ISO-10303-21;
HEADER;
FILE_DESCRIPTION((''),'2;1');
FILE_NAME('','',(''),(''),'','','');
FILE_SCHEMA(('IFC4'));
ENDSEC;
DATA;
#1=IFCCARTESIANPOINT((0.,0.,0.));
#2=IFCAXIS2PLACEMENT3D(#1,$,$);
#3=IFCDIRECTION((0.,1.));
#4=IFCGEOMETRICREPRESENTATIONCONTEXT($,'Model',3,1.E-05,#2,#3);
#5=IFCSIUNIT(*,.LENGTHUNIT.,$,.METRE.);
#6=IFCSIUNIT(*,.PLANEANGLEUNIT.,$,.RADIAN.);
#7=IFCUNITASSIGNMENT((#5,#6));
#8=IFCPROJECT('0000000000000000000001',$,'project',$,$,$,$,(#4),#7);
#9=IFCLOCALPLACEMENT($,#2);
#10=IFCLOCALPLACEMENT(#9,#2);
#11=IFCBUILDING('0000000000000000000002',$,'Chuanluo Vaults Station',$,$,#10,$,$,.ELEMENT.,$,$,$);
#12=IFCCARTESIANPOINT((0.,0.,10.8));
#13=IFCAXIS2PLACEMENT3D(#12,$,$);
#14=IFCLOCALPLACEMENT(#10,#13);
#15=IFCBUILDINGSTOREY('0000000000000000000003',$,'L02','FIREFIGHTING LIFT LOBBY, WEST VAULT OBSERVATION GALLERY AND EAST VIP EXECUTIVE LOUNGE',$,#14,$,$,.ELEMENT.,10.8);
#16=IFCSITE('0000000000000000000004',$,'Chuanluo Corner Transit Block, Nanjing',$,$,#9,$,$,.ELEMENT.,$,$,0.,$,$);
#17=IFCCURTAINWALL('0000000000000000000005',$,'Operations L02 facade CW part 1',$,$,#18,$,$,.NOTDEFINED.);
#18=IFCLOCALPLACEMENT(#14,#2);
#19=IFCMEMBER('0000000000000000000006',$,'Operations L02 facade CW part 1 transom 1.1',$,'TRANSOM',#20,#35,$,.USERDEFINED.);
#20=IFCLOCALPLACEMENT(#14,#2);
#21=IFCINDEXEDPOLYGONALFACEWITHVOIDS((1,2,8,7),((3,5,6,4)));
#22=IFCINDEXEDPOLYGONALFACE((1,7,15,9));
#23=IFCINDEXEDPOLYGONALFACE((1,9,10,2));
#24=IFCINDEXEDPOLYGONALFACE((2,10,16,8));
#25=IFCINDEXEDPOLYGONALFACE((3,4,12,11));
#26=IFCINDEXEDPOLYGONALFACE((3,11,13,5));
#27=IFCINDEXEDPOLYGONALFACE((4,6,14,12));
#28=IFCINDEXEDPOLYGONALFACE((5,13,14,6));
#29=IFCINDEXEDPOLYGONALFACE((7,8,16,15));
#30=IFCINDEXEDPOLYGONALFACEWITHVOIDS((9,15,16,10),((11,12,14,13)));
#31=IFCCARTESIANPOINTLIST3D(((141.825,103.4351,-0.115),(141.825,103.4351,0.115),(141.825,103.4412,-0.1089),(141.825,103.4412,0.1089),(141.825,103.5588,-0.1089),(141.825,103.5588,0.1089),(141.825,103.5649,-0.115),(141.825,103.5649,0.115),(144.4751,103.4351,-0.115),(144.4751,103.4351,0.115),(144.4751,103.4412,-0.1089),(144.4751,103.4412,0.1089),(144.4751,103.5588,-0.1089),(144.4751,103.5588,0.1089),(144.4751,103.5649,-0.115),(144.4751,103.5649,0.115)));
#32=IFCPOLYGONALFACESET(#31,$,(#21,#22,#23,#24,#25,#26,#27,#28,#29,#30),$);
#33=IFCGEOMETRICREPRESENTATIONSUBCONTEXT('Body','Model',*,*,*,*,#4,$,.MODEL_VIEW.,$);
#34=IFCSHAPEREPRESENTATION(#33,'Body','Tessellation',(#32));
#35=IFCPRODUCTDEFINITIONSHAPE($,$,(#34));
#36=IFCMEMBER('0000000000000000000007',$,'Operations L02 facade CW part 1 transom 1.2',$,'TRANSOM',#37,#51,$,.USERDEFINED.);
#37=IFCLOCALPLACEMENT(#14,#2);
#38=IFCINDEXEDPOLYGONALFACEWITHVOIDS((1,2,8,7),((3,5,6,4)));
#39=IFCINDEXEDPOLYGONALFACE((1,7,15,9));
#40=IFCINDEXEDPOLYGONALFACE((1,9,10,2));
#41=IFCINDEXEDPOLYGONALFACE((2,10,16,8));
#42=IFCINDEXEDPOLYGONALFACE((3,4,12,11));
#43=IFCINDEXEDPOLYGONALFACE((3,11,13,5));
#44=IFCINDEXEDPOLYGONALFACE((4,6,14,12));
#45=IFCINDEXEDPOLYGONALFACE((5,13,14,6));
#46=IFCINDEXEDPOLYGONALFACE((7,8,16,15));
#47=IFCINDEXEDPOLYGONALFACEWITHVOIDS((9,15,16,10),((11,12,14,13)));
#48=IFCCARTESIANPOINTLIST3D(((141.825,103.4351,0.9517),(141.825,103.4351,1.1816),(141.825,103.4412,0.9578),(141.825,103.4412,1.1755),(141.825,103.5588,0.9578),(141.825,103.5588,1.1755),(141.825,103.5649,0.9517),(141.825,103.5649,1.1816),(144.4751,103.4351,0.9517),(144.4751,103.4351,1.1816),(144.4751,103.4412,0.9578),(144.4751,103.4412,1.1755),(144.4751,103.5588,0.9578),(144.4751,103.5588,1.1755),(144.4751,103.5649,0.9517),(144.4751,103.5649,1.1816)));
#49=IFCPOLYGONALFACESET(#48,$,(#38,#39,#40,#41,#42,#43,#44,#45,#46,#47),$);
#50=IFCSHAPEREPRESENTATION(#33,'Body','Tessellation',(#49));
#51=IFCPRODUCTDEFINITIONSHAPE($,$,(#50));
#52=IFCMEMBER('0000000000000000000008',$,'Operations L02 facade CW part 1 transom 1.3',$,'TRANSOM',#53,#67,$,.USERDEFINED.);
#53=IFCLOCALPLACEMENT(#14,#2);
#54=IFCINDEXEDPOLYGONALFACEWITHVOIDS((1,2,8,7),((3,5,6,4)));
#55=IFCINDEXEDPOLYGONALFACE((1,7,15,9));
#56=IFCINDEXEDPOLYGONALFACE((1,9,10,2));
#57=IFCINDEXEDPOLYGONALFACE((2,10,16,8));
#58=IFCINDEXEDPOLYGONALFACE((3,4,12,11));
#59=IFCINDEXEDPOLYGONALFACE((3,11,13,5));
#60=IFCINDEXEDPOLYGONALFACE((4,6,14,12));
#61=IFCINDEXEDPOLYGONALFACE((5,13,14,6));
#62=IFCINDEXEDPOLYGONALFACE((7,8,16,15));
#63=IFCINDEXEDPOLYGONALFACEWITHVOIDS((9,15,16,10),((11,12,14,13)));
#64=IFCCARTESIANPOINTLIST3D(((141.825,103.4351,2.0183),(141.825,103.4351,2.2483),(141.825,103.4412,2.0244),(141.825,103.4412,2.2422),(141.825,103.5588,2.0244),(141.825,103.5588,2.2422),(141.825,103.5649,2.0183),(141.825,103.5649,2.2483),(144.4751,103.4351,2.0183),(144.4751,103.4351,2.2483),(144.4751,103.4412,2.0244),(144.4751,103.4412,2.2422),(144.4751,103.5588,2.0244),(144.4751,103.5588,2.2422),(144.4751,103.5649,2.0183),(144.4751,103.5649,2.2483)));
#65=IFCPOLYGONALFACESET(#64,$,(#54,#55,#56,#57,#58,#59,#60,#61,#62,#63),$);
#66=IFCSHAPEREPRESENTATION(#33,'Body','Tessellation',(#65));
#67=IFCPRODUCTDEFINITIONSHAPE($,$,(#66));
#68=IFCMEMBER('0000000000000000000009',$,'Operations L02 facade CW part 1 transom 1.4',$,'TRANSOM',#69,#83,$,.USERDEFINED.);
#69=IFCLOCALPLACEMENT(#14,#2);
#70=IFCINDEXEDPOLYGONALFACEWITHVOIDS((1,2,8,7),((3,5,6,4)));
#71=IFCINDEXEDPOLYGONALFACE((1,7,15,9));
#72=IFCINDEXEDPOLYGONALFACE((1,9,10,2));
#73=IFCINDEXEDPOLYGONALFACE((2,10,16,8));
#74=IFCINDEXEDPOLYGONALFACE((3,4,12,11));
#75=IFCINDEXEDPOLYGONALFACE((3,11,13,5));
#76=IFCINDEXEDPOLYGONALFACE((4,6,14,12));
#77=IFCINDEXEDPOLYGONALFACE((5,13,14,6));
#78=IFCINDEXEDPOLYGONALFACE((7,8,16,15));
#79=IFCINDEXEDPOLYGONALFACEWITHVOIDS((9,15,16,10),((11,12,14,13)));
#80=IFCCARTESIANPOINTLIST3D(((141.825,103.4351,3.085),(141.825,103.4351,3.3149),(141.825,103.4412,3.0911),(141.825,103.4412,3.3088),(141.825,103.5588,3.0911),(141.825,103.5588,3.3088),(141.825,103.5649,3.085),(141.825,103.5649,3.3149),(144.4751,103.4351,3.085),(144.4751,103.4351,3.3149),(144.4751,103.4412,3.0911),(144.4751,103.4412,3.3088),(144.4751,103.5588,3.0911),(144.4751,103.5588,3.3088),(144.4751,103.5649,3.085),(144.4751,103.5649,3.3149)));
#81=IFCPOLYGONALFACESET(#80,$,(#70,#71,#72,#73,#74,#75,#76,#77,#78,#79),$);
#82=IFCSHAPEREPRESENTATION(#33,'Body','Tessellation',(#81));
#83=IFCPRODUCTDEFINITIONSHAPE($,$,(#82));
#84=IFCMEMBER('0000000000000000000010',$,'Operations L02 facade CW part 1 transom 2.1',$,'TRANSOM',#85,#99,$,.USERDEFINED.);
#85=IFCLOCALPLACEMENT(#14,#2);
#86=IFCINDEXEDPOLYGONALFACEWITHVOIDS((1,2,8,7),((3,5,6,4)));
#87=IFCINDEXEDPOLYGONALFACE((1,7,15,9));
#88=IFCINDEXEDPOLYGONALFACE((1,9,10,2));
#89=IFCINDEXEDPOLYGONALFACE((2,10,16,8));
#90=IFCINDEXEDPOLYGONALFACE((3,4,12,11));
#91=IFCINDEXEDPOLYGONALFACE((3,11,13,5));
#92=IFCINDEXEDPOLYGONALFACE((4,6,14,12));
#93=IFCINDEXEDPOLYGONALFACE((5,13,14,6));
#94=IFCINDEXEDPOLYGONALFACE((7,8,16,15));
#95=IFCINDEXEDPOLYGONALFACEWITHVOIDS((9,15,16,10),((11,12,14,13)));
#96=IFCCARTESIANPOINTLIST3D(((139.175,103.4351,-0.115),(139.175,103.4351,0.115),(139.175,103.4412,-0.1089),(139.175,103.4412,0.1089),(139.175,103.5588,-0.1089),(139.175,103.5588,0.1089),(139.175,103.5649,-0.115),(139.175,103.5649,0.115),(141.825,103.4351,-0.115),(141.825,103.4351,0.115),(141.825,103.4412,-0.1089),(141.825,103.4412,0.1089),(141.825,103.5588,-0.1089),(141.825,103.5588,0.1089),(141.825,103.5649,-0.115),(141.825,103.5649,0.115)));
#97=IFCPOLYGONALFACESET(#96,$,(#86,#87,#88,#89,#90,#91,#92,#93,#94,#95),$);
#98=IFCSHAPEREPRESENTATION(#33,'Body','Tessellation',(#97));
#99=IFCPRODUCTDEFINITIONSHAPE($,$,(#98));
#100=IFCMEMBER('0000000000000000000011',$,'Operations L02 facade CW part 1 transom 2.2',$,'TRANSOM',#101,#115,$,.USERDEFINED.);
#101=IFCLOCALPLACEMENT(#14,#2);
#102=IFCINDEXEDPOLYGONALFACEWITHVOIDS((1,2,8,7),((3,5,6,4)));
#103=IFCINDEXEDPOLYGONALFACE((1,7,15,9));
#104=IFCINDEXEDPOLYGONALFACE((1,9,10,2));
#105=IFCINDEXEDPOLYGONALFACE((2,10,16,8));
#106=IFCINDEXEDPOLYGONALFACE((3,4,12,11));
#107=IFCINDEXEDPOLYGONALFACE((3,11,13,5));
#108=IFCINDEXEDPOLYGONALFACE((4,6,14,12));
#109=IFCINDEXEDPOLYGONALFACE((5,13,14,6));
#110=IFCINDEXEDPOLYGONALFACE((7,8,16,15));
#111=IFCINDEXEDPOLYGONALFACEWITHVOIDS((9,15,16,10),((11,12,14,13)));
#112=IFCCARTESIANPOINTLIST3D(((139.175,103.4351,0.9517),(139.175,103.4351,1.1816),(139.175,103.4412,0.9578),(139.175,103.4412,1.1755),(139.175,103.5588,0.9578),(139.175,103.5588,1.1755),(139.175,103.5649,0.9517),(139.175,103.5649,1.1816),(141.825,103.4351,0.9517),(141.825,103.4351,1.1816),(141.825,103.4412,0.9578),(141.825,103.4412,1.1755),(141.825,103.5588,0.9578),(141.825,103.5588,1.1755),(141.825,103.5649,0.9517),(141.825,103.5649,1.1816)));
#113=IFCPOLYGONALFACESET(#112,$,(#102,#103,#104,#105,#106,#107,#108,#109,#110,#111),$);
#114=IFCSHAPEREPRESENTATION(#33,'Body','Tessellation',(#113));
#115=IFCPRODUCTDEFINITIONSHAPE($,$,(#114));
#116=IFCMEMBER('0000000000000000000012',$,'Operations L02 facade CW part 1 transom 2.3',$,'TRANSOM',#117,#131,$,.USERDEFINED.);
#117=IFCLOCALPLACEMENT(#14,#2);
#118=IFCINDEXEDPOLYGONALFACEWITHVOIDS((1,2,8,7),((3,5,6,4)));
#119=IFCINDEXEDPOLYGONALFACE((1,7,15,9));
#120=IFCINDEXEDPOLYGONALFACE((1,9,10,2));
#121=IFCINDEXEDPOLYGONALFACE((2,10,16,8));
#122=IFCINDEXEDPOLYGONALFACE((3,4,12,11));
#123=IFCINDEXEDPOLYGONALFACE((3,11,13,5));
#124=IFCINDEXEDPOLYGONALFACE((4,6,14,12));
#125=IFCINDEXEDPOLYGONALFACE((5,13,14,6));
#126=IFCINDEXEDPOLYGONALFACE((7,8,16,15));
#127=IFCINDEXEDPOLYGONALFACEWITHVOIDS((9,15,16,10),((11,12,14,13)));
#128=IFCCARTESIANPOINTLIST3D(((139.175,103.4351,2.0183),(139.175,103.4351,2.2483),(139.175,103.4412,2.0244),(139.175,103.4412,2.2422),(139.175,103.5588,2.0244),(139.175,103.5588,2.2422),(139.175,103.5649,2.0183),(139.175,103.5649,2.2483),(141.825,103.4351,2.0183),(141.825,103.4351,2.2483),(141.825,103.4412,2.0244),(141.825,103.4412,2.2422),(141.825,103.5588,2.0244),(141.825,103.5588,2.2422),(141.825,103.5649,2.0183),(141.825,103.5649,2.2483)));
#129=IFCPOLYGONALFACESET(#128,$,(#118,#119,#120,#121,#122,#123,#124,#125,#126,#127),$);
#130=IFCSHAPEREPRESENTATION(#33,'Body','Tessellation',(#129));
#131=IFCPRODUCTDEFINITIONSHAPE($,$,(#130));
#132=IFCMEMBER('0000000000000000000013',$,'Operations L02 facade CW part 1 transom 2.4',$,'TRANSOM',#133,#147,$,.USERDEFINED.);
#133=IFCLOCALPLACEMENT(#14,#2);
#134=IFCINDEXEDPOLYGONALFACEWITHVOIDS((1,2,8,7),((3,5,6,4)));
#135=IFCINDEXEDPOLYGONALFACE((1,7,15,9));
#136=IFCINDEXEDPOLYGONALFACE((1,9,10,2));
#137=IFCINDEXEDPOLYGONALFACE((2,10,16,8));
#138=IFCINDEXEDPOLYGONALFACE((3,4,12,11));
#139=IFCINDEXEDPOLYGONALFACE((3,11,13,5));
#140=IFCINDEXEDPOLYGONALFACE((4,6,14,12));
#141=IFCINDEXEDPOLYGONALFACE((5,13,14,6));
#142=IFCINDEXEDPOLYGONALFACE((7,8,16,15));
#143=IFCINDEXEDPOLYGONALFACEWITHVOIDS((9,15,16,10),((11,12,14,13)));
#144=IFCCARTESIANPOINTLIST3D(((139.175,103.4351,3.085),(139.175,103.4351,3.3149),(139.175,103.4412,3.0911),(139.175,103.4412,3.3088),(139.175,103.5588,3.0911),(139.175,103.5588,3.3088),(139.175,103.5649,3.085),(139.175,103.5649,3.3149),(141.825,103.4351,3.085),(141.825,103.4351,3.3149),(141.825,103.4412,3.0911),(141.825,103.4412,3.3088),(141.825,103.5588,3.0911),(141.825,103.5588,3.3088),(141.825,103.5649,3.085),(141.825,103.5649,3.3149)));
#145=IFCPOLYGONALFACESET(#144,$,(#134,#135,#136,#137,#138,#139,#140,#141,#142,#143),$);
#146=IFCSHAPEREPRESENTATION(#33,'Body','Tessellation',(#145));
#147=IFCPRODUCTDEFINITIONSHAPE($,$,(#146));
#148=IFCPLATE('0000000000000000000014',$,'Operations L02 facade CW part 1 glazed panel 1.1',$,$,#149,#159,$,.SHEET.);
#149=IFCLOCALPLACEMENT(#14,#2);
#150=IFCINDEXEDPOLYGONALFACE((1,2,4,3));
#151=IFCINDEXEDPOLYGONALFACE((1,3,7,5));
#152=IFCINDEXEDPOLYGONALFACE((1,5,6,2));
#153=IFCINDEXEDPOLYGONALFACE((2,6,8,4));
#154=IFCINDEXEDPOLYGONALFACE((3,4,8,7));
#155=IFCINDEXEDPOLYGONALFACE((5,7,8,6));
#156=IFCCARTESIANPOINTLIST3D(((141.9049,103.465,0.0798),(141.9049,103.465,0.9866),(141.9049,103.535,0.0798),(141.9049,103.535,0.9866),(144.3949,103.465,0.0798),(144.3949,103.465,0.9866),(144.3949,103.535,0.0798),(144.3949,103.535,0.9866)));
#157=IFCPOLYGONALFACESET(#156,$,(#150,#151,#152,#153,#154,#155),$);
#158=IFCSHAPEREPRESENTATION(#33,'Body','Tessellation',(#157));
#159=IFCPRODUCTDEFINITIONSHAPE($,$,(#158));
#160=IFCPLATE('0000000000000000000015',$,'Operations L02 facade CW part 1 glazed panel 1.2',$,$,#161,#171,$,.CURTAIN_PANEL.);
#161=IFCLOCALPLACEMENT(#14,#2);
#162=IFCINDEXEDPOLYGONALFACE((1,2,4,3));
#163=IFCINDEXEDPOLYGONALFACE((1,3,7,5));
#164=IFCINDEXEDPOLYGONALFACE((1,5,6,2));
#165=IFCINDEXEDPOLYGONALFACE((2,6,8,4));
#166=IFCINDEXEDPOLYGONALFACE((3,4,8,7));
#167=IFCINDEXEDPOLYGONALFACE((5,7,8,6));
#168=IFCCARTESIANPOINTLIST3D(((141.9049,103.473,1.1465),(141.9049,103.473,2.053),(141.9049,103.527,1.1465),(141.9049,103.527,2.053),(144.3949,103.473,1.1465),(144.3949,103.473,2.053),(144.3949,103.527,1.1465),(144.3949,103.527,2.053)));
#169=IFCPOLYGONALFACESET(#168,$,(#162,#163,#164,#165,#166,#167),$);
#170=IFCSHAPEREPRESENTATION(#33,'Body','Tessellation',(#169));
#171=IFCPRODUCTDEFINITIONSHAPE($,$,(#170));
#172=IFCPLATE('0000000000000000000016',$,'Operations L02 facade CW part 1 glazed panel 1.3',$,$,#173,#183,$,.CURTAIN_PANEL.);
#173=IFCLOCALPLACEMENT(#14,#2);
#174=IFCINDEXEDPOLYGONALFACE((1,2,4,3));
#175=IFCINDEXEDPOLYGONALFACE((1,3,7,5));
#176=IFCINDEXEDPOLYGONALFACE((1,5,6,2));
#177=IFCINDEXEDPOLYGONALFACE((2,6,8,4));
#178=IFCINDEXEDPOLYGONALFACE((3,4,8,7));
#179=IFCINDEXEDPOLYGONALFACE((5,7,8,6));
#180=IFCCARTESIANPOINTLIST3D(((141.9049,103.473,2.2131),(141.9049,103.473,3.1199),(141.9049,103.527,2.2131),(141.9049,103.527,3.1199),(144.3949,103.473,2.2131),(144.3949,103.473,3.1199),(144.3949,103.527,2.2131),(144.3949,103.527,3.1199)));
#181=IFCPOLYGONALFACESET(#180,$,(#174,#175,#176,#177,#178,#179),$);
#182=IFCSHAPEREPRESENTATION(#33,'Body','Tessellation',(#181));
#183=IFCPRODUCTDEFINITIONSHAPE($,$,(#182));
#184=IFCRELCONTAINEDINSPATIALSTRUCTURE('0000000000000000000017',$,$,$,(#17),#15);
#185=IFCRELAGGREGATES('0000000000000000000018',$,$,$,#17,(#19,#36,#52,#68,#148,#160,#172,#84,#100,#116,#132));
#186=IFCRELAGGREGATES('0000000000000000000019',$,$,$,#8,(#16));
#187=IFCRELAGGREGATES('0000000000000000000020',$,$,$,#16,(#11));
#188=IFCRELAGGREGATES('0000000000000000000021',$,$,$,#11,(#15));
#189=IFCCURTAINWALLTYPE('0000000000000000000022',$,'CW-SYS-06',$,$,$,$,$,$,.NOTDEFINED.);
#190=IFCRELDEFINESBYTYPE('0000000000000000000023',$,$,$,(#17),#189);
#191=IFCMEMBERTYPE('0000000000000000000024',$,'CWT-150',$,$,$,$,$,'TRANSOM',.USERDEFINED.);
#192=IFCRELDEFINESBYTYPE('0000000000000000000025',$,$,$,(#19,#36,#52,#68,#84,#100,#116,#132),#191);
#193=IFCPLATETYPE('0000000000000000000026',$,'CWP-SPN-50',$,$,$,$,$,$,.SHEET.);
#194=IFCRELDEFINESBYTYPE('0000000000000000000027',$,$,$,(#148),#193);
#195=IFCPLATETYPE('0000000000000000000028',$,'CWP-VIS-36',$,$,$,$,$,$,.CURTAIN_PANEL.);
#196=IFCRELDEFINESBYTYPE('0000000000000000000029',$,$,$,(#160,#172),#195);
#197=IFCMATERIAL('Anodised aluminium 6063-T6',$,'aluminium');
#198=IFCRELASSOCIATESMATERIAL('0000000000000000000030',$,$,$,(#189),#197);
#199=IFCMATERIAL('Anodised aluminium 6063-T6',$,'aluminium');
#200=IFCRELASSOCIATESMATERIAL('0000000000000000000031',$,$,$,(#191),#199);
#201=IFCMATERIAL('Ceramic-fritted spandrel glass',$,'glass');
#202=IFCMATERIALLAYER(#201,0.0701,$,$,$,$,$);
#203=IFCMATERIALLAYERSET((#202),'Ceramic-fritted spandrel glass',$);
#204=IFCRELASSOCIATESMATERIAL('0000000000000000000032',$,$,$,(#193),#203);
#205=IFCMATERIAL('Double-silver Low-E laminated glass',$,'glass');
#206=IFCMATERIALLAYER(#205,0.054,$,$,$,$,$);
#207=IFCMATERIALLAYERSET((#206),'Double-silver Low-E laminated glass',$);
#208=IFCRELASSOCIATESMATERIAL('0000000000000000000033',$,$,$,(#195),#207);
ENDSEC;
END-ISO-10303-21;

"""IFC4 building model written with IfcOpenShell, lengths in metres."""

from ifc_helpers import new_model, si_unit, direction, frame, origin, origin_2d, place, context, subcontext, project, spatial, rectangle, hollow_rectangle, extrude, material, layer, layer_set, material_profile, profile_set, type_object, element, aggregate, save


model = new_model("IFC4")

# Units and contexts
model_context = context("Model", 3, precision=1e-05, world=origin(), true_north=direction((0.0, 1.0)))
body_context = subcontext(model_context, "Body", "Model", "MODEL_VIEW")
ifc_project = project(units=[si_unit("LENGTHUNIT", "METRE"), si_unit("PLANEANGLEUNIT", "RADIAN")], contexts=[model_context])

# Site, building, storey
site_placement = place(None, origin())
site = spatial("IfcSite", under=ifc_project, at=site_placement, Name="Chuanluo Corner Transit Block, Nanjing", CompositionType="ELEMENT", RefElevation=0.0)
building_placement = place(site_placement, origin())
building = spatial("IfcBuilding", under=site, at=building_placement, Name="Chuanluo Vaults Station", CompositionType="ELEMENT")
storey_placement = place(building_placement, frame((0.0, 0.0, 10.8)))
storey = spatial("IfcBuildingStorey", under=building, at=storey_placement, Name="L02", Description="FIREFIGHTING LIFT LOBBY, WEST VAULT OBSERVATION GALLERY AND EAST VIP EXECUTIVE LOUNGE", CompositionType="ELEMENT", Elevation=10.8)

# Curtain wall, members, plates
ifc_material_1 = material(Name="Anodised aluminium 6063-T6", Category="aluminium")
curtain_wall_type_1 = type_object("IfcCurtainWallType", Name="CW-SYS-06", PredefinedType="NOTDEFINED", material=ifc_material_1)
curtain_wall_1_placement = place(storey_placement, origin())
curtain_wall_1 = element("IfcCurtainWall", 1, at=curtain_wall_1_placement, inside=storey, type_object=curtain_wall_type_1, Name="Operations L02 facade CW part 1", PredefinedType="NOTDEFINED")
ifc_material_2 = material(Name="Anodised aluminium 6063-T6", Category="aluminium")
ifc_material_profile_1 = material_profile(ifc_material_2, hollow_rectangle(XDim=0.1299, YDim=0.23, WallThickness=0.0061, at=origin_2d()))
ifc_profile_set_1 = profile_set([ifc_material_profile_1], Name="Anodised aluminium 6063-T6")
member_type_1 = type_object("IfcMemberType", Name="CWT-150", ElementType="TRANSOM", PredefinedType="USERDEFINED", material=ifc_profile_set_1)
member_1_placement = place(storey_placement, frame((144.4751, 103.5, 0.0), z_axis=(-1.0, 0.0, 0.0), x_axis=(0.0, -1.0, 0.0)))
member_1 = element("IfcMember", 2, at=member_1_placement, type_object=member_type_1, Name="Operations L02 facade CW part 1 transom 1.1", ObjectType="TRANSOM", PredefinedType="USERDEFINED", context=body_context, shape_type="SweptSolid", body=[
    extrude(hollow_rectangle(XDim=0.1299, YDim=0.23, WallThickness=0.0061, at=origin_2d()), origin(), (0.0, 0.0, 1.0), 2.6501),
])
member_2_placement = place(storey_placement, frame((144.4751, 103.5, 1.0667), z_axis=(-1.0, 0.0, 0.0), x_axis=(0.0, -1.0, 0.0)))
member_2 = element("IfcMember", 3, at=member_2_placement, type_object=member_type_1, Name="Operations L02 facade CW part 1 transom 1.2", ObjectType="TRANSOM", PredefinedType="USERDEFINED", context=body_context, shape_type="SweptSolid", body=[
    extrude(hollow_rectangle(XDim=0.1299, YDim=0.23, WallThickness=0.0061, at=origin_2d()), origin(), (0.0, 0.0, 1.0), 2.6501),
])
member_3_placement = place(storey_placement, frame((144.4751, 103.5, 2.1333), z_axis=(-1.0, 0.0, 0.0), x_axis=(0.0, -1.0, 0.0)))
member_3 = element("IfcMember", 4, at=member_3_placement, type_object=member_type_1, Name="Operations L02 facade CW part 1 transom 1.3", ObjectType="TRANSOM", PredefinedType="USERDEFINED", context=body_context, shape_type="SweptSolid", body=[
    extrude(hollow_rectangle(XDim=0.1299, YDim=0.23, WallThickness=0.0061, at=origin_2d()), origin(), (0.0, 0.0, 1.0), 2.6501),
])
member_4_placement = place(storey_placement, frame((144.4751, 103.5, 3.2), z_axis=(-1.0, 0.0, 0.0), x_axis=(0.0, -1.0, 0.0)))
member_4 = element("IfcMember", 5, at=member_4_placement, type_object=member_type_1, Name="Operations L02 facade CW part 1 transom 1.4", ObjectType="TRANSOM", PredefinedType="USERDEFINED", context=body_context, shape_type="SweptSolid", body=[
    extrude(hollow_rectangle(XDim=0.1299, YDim=0.23, WallThickness=0.0061, at=origin_2d()), origin(), (0.0, 0.0, 1.0), 2.6501),
])
member_5_placement = place(storey_placement, frame((141.825, 103.5, 0.0), z_axis=(-1.0, 0.0, 0.0), x_axis=(0.0, -1.0, 0.0)))
member_5 = element("IfcMember", 6, at=member_5_placement, type_object=member_type_1, Name="Operations L02 facade CW part 1 transom 2.1", ObjectType="TRANSOM", PredefinedType="USERDEFINED", context=body_context, shape_type="SweptSolid", body=[
    extrude(hollow_rectangle(XDim=0.1299, YDim=0.23, WallThickness=0.0061, at=origin_2d()), origin(), (0.0, 0.0, 1.0), 2.6499),
])
member_6_placement = place(storey_placement, frame((141.825, 103.5, 1.0667), z_axis=(-1.0, 0.0, 0.0), x_axis=(0.0, -1.0, 0.0)))
member_6 = element("IfcMember", 7, at=member_6_placement, type_object=member_type_1, Name="Operations L02 facade CW part 1 transom 2.2", ObjectType="TRANSOM", PredefinedType="USERDEFINED", context=body_context, shape_type="SweptSolid", body=[
    extrude(hollow_rectangle(XDim=0.1299, YDim=0.23, WallThickness=0.0061, at=origin_2d()), origin(), (0.0, 0.0, 1.0), 2.6499),
])
member_7_placement = place(storey_placement, frame((141.825, 103.5, 2.1333), z_axis=(-1.0, 0.0, 0.0), x_axis=(0.0, -1.0, 0.0)))
member_7 = element("IfcMember", 8, at=member_7_placement, type_object=member_type_1, Name="Operations L02 facade CW part 1 transom 2.3", ObjectType="TRANSOM", PredefinedType="USERDEFINED", context=body_context, shape_type="SweptSolid", body=[
    extrude(hollow_rectangle(XDim=0.1299, YDim=0.23, WallThickness=0.0061, at=origin_2d()), origin(), (0.0, 0.0, 1.0), 2.6499),
])
member_8_placement = place(storey_placement, frame((141.825, 103.5, 3.2), z_axis=(-1.0, 0.0, 0.0), x_axis=(0.0, -1.0, 0.0)))
member_8 = element("IfcMember", 9, at=member_8_placement, type_object=member_type_1, Name="Operations L02 facade CW part 1 transom 2.4", ObjectType="TRANSOM", PredefinedType="USERDEFINED", context=body_context, shape_type="SweptSolid", body=[
    extrude(hollow_rectangle(XDim=0.1299, YDim=0.23, WallThickness=0.0061, at=origin_2d()), origin(), (0.0, 0.0, 1.0), 2.6499),
])
ifc_material_3 = material(Name="Ceramic-fritted spandrel glass", Category="glass")
ifc_layer_1 = layer(ifc_material_3, 0.0701)
ifc_layer_set_1 = layer_set([ifc_layer_1], Name="Ceramic-fritted spandrel glass")
plate_type_1 = type_object("IfcPlateType", Name="CWP-SPN-50", PredefinedType="SHEET", material=ifc_layer_set_1)
plate_1_placement = place(storey_placement, frame((143.1499, 103.5, 0.0798), z_axis=(0.0, 0.0, 1.0), x_axis=(-1.0, 0.0, 0.0)))
plate_1 = element("IfcPlate", 10, at=plate_1_placement, type_object=plate_type_1, Name="Operations L02 facade CW part 1 glazed panel 1.1", PredefinedType="SHEET", context=body_context, shape_type="SweptSolid", body=[
    extrude(rectangle(XDim=2.49, YDim=0.0701, at=origin_2d()), origin(), (0.0, 0.0, 1.0), 0.9067),
])
ifc_material_4 = material(Name="Double-silver Low-E laminated glass", Category="glass")
ifc_layer_2 = layer(ifc_material_4, 0.054)
ifc_layer_set_2 = layer_set([ifc_layer_2], Name="Double-silver Low-E laminated glass")
plate_type_2 = type_object("IfcPlateType", Name="CWP-VIS-36", PredefinedType="CURTAIN_PANEL", material=ifc_layer_set_2)
plate_2_placement = place(storey_placement, frame((143.1499, 103.5, 1.1465), z_axis=(0.0, 0.0, 1.0), x_axis=(-1.0, 0.0, 0.0)))
plate_2 = element("IfcPlate", 11, at=plate_2_placement, type_object=plate_type_2, Name="Operations L02 facade CW part 1 glazed panel 1.2", PredefinedType="CURTAIN_PANEL", context=body_context, shape_type="SweptSolid", body=[
    extrude(rectangle(XDim=2.49, YDim=0.054, at=origin_2d()), origin(), (0.0, 0.0, 1.0), 0.9065),
])
plate_3_placement = place(storey_placement, frame((143.1499, 103.5, 2.2131), z_axis=(0.0, 0.0, 1.0), x_axis=(-1.0, 0.0, 0.0)))
plate_3 = element("IfcPlate", 12, at=plate_3_placement, type_object=plate_type_2, Name="Operations L02 facade CW part 1 glazed panel 1.3", PredefinedType="CURTAIN_PANEL", context=body_context, shape_type="SweptSolid", body=[
    extrude(rectangle(XDim=2.49, YDim=0.054, at=origin_2d()), origin(), (0.0, 0.0, 1.0), 0.9067),
])
aggregate(curtain_wall_1, [member_1, member_2, member_3, member_4, plate_1, plate_2, plate_3, member_5, member_6, member_7, member_8])

save(model, "model.ifc")
